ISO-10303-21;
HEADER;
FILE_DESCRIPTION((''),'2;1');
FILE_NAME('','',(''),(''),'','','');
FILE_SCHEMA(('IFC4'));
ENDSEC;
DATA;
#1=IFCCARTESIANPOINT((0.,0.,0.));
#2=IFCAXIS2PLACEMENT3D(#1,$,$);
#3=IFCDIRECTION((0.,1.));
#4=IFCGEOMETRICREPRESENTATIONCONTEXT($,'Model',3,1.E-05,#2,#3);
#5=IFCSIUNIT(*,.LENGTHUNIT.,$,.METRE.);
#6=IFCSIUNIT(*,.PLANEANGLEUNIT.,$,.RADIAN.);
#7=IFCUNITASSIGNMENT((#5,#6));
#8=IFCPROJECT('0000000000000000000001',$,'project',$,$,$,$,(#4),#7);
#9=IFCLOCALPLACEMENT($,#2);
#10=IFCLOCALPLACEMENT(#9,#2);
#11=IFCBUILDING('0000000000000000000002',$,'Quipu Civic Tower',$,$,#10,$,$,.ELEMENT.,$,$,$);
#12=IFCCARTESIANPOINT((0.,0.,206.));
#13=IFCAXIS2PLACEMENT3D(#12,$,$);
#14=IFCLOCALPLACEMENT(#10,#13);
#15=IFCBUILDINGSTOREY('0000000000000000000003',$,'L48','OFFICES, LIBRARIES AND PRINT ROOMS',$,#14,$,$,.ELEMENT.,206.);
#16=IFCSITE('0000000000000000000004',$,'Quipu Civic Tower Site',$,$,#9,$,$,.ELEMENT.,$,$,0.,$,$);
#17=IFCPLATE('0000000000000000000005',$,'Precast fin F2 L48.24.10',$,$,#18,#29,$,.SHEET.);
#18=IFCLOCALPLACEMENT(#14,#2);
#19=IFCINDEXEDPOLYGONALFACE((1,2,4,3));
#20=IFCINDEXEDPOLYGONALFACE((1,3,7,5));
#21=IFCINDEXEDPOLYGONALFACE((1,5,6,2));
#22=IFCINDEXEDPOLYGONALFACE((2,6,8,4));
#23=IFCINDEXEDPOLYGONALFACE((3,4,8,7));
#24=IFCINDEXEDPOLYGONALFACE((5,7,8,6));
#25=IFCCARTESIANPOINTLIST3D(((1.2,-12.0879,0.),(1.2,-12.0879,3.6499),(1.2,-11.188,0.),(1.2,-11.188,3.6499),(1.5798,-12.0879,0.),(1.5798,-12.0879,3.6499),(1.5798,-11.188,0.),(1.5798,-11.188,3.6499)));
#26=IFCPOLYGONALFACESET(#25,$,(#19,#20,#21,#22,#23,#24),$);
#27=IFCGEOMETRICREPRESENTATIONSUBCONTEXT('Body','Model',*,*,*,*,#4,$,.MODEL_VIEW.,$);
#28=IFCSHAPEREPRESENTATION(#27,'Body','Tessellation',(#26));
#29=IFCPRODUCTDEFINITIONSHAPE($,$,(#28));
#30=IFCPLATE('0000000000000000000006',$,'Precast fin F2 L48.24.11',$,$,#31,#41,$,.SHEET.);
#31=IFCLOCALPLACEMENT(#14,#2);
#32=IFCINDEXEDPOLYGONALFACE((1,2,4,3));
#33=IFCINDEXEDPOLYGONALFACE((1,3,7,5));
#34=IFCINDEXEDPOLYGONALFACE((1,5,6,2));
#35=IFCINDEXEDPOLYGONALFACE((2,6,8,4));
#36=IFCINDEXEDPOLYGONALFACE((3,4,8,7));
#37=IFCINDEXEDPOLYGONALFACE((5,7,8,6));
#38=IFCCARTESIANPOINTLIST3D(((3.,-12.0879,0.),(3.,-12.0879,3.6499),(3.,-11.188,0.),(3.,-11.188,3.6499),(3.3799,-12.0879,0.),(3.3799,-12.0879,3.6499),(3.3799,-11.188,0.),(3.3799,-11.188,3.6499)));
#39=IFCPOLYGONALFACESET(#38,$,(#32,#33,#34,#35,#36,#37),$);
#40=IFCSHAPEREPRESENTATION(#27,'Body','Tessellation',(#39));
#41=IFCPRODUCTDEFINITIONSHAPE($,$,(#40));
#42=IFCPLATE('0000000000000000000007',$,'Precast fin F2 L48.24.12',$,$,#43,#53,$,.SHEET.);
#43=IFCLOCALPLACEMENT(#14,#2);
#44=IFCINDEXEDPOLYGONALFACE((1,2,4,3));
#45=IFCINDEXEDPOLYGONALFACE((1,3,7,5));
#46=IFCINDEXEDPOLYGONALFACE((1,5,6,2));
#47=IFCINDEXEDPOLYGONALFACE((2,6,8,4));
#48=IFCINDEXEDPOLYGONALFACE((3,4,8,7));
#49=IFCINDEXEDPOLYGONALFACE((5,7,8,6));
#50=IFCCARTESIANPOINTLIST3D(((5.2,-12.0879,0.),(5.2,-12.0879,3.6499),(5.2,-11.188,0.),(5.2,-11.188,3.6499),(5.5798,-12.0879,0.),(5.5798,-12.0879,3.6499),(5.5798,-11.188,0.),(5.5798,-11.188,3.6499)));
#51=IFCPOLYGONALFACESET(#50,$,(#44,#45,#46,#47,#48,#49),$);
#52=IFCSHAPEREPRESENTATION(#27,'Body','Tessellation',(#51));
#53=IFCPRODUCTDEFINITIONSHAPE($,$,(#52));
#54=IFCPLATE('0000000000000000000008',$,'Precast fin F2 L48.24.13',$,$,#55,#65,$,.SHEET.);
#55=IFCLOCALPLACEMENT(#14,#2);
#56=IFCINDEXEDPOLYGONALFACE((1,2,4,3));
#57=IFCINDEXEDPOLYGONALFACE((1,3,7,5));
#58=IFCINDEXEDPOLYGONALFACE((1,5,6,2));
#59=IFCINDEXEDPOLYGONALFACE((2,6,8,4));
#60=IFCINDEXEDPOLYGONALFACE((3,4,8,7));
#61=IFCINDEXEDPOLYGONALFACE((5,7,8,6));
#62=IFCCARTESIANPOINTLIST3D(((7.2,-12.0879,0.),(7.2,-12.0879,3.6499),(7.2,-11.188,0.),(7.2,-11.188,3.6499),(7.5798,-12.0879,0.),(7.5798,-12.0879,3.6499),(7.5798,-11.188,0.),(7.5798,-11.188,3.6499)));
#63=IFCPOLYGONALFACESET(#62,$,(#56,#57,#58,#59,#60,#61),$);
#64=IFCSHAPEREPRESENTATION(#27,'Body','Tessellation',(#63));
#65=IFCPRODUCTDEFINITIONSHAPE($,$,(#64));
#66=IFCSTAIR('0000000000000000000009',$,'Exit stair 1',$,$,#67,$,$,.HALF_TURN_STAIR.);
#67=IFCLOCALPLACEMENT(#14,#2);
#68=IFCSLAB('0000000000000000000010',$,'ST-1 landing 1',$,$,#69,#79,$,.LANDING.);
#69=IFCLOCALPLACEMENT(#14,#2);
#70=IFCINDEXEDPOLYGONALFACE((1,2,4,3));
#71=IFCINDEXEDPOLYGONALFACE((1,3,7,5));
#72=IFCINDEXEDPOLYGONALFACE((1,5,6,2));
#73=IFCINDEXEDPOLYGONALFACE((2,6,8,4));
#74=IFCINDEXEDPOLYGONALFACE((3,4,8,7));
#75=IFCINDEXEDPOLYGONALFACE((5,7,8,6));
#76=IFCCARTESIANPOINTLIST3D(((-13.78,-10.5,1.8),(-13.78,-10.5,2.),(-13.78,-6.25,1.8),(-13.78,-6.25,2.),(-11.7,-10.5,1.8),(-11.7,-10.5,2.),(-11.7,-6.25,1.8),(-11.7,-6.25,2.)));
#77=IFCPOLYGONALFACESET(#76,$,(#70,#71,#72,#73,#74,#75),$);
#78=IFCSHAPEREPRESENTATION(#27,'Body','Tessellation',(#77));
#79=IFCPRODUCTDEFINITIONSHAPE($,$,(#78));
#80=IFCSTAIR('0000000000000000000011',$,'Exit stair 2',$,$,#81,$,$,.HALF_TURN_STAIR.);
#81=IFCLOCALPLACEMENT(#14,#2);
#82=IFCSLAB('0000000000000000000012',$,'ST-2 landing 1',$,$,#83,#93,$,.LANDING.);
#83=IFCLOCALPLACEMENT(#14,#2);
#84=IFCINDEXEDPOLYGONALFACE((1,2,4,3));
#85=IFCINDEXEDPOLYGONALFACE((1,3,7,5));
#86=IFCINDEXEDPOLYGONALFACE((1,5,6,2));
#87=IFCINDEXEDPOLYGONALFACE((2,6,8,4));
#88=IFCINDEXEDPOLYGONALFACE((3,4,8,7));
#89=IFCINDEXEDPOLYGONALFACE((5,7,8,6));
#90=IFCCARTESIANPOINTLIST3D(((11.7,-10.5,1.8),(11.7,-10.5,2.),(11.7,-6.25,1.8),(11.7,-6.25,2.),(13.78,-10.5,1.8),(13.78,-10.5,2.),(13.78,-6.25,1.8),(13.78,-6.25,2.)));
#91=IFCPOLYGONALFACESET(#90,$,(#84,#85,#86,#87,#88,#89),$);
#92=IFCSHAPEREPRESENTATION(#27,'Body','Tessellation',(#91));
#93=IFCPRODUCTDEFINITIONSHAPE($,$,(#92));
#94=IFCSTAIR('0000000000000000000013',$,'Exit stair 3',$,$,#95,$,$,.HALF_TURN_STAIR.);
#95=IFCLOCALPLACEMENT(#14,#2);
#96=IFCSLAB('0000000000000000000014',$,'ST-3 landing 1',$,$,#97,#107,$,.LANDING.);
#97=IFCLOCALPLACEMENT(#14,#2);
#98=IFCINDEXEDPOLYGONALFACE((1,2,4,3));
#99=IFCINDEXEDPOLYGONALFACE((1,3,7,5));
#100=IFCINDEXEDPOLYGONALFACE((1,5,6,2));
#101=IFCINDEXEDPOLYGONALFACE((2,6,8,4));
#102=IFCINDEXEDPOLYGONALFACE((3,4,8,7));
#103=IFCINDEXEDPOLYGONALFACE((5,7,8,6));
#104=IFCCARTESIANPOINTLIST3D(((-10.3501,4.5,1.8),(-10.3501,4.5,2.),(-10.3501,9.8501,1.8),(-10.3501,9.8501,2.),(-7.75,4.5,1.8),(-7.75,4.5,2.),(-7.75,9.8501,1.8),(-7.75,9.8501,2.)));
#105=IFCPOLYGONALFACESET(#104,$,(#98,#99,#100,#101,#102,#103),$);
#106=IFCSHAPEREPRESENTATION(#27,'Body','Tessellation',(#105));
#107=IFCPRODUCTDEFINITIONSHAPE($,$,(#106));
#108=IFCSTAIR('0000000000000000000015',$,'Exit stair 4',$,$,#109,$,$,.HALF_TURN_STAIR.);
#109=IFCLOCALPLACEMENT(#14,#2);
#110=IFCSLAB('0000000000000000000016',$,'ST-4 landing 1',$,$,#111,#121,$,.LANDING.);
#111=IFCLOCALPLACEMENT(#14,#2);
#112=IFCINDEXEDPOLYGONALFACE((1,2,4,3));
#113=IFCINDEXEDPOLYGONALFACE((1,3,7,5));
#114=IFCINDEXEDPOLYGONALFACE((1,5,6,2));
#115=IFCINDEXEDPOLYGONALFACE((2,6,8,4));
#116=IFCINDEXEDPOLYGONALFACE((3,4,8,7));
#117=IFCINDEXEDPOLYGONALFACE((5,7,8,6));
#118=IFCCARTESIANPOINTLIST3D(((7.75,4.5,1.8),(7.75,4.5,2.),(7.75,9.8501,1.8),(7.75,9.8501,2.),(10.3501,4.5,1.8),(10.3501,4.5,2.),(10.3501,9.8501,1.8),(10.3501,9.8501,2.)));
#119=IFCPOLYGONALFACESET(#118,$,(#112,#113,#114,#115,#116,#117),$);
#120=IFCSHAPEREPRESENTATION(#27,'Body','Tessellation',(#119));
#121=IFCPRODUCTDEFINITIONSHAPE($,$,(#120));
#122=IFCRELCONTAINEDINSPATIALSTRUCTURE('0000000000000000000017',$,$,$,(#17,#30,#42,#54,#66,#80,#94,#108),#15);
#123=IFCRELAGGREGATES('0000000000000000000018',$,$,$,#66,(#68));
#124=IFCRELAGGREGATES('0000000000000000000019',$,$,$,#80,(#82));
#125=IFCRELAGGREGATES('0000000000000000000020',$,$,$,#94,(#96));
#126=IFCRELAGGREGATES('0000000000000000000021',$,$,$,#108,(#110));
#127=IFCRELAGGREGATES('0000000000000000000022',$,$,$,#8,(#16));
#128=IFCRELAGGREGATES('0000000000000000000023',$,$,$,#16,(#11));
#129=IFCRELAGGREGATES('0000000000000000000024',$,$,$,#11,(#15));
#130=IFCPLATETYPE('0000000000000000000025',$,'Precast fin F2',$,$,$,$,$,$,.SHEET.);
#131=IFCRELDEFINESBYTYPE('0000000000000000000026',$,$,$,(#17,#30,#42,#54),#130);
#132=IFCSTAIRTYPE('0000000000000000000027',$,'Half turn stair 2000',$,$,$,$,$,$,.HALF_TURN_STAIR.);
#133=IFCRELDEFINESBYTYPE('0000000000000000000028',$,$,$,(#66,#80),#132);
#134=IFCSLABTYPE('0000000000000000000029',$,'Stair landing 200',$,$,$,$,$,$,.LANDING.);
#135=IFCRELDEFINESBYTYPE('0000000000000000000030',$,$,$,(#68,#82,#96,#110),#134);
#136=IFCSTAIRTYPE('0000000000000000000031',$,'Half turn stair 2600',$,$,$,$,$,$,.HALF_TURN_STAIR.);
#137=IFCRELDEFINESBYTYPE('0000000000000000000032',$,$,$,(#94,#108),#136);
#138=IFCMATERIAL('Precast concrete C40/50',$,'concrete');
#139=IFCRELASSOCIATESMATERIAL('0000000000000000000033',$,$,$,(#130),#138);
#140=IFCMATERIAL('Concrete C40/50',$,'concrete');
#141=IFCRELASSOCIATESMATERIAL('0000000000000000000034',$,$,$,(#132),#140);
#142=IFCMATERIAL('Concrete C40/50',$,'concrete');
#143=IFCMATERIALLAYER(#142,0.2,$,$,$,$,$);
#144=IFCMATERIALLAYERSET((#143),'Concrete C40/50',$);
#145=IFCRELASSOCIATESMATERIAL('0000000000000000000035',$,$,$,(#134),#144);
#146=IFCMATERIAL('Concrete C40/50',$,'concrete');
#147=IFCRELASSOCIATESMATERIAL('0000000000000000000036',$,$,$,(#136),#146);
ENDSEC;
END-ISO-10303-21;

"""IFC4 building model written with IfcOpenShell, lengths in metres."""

from ifc_helpers import new_model, si_unit, direction, frame, origin, origin_2d, place, context, subcontext, project, spatial, polyline, rectangle, outline, extrude, material, layer, layer_set, type_object, element, aggregate, save


model = new_model("IFC4")

# Units and contexts
model_context = context("Model", 3, precision=1e-05, world=origin(), true_north=direction((0.0, 1.0)))
body_context = subcontext(model_context, "Body", "Model", "MODEL_VIEW")
ifc_project = project(units=[si_unit("LENGTHUNIT", "METRE"), si_unit("PLANEANGLEUNIT", "RADIAN")], contexts=[model_context])

# Site, building, storey
site_placement = place(None, origin())
site = spatial("IfcSite", under=ifc_project, at=site_placement, Name="Quipu Civic Tower Site", CompositionType="ELEMENT", RefElevation=0.0)
building_placement = place(site_placement, origin())
building = spatial("IfcBuilding", under=site, at=building_placement, Name="Quipu Civic Tower", CompositionType="ELEMENT")
storey_placement = place(building_placement, frame((0.0, 0.0, 206.0)))
storey = spatial("IfcBuildingStorey", under=building, at=storey_placement, Name="L48", Description="OFFICES, LIBRARIES AND PRINT ROOMS", CompositionType="ELEMENT", Elevation=206.0)

# Plates
ifc_material_1 = material(Name="Precast concrete C40/50", Category="concrete")
plate_type = type_object("IfcPlateType", Name="Precast fin F2", PredefinedType="SHEET", material=ifc_material_1)
for number, where, z_axis, x_axis, name in (
    (1, (1.3899, -11.6379, 0.0), (0.0, 0.0, 1.0), (1.0, 0.0, 0.0), "Precast fin F2 L48.24.10"),
    (2, (3.1899, -11.6379, 0.0), (0.0, 0.0, 1.0), (1.0, 0.0, 0.0), "Precast fin F2 L48.24.11"),
    (3, (5.3899, -11.6379, 0.0), (0.0, 0.0, 1.0), (1.0, 0.0, 0.0), "Precast fin F2 L48.24.12"),
    (4, (7.3899, -11.6379, 0.0), (0.0, 0.0, 1.0), (1.0, 0.0, 0.0), "Precast fin F2 L48.24.13"),
):
    element("IfcPlate", number, at=place(storey_placement, frame(where, z_axis=z_axis, x_axis=x_axis)), inside=storey, type_object=plate_type, Name=name, PredefinedType="SHEET", context=body_context, shape_type="SweptSolid", body=[
        extrude(rectangle(XDim=0.3799, YDim=0.8999, at=origin_2d()), origin(), (0.0, 0.0, 1.0), 3.6499),
    ])

# Stairs, slabs
ifc_material_2 = material(Name="Concrete C40/50", Category="concrete")
stair_type_1 = type_object("IfcStairType", Name="Half turn stair 2000", PredefinedType="HALF_TURN_STAIR", material=ifc_material_2)
stair_1_placement = place(storey_placement, origin())
stair_1 = element("IfcStair", 5, at=stair_1_placement, inside=storey, type_object=stair_type_1, Name="Exit stair 1", PredefinedType="HALF_TURN_STAIR")
ifc_material_3 = material(Name="Concrete C40/50", Category="concrete")
ifc_layer_1 = layer(ifc_material_3, 0.2)
ifc_layer_set_1 = layer_set([ifc_layer_1], Name="Concrete C40/50")
slab_type = type_object("IfcSlabType", Name="Stair landing 200", PredefinedType="LANDING", material=ifc_layer_set_1)
slab_1_placement = place(storey_placement, frame((0.0, 0.0, 1.8)))
slab_1 = element("IfcSlab", 6, at=slab_1_placement, type_object=slab_type, Name="ST-1 landing 1", PredefinedType="LANDING", context=body_context, shape_type="SweptSolid", body=[
    extrude(outline(polyline([(-13.78, -10.5), (-11.7, -10.5), (-11.7, -6.25), (-13.78, -6.25), (-13.78, -10.5)])), origin(), (0.0, 0.0, 1.0), 0.2),
])
aggregate(stair_1, [slab_1])
stair_2_placement = place(storey_placement, origin())
stair_2 = element("IfcStair", 7, at=stair_2_placement, inside=storey, type_object=stair_type_1, Name="Exit stair 2", PredefinedType="HALF_TURN_STAIR")
slab_2_placement = place(storey_placement, frame((0.0, 0.0, 1.8)))
slab_2 = element("IfcSlab", 8, at=slab_2_placement, type_object=slab_type, Name="ST-2 landing 1", PredefinedType="LANDING", context=body_context, shape_type="SweptSolid", body=[
    extrude(outline(polyline([(13.78, -6.25), (11.7, -6.25), (11.7, -10.5), (13.78, -10.5), (13.78, -6.25)])), origin(), (0.0, 0.0, 1.0), 0.2),
])
aggregate(stair_2, [slab_2])
ifc_material_4 = material(Name="Concrete C40/50", Category="concrete")
stair_type_2 = type_object("IfcStairType", Name="Half turn stair 2600", PredefinedType="HALF_TURN_STAIR", material=ifc_material_4)
stair_3_placement = place(storey_placement, origin())
stair_3 = element("IfcStair", 9, at=stair_3_placement, inside=storey, type_object=stair_type_2, Name="Exit stair 3", PredefinedType="HALF_TURN_STAIR")
slab_3_placement = place(storey_placement, frame((0.0, 0.0, 1.8)))
slab_3 = element("IfcSlab", 10, at=slab_3_placement, type_object=slab_type, Name="ST-3 landing 1", PredefinedType="LANDING", context=body_context, shape_type="SweptSolid", body=[
    extrude(outline(polyline([(-10.3501, 4.5), (-7.75, 4.5), (-7.75, 9.8501), (-10.3501, 9.8501), (-10.3501, 4.5)])), origin(), (0.0, 0.0, 1.0), 0.2),
])
aggregate(stair_3, [slab_3])
stair_4_placement = place(storey_placement, origin())
stair_4 = element("IfcStair", 11, at=stair_4_placement, inside=storey, type_object=stair_type_2, Name="Exit stair 4", PredefinedType="HALF_TURN_STAIR")
slab_4_placement = place(storey_placement, frame((0.0, 0.0, 1.8)))
slab_4 = element("IfcSlab", 12, at=slab_4_placement, type_object=slab_type, Name="ST-4 landing 1", PredefinedType="LANDING", context=body_context, shape_type="SweptSolid", body=[
    extrude(outline(polyline([(10.3501, 9.8501), (7.75, 9.8501), (7.75, 4.5), (10.3501, 4.5), (10.3501, 9.8501)])), origin(), (0.0, 0.0, 1.0), 0.2),
])
aggregate(stair_4, [slab_4])

save(model, "model.ifc")
